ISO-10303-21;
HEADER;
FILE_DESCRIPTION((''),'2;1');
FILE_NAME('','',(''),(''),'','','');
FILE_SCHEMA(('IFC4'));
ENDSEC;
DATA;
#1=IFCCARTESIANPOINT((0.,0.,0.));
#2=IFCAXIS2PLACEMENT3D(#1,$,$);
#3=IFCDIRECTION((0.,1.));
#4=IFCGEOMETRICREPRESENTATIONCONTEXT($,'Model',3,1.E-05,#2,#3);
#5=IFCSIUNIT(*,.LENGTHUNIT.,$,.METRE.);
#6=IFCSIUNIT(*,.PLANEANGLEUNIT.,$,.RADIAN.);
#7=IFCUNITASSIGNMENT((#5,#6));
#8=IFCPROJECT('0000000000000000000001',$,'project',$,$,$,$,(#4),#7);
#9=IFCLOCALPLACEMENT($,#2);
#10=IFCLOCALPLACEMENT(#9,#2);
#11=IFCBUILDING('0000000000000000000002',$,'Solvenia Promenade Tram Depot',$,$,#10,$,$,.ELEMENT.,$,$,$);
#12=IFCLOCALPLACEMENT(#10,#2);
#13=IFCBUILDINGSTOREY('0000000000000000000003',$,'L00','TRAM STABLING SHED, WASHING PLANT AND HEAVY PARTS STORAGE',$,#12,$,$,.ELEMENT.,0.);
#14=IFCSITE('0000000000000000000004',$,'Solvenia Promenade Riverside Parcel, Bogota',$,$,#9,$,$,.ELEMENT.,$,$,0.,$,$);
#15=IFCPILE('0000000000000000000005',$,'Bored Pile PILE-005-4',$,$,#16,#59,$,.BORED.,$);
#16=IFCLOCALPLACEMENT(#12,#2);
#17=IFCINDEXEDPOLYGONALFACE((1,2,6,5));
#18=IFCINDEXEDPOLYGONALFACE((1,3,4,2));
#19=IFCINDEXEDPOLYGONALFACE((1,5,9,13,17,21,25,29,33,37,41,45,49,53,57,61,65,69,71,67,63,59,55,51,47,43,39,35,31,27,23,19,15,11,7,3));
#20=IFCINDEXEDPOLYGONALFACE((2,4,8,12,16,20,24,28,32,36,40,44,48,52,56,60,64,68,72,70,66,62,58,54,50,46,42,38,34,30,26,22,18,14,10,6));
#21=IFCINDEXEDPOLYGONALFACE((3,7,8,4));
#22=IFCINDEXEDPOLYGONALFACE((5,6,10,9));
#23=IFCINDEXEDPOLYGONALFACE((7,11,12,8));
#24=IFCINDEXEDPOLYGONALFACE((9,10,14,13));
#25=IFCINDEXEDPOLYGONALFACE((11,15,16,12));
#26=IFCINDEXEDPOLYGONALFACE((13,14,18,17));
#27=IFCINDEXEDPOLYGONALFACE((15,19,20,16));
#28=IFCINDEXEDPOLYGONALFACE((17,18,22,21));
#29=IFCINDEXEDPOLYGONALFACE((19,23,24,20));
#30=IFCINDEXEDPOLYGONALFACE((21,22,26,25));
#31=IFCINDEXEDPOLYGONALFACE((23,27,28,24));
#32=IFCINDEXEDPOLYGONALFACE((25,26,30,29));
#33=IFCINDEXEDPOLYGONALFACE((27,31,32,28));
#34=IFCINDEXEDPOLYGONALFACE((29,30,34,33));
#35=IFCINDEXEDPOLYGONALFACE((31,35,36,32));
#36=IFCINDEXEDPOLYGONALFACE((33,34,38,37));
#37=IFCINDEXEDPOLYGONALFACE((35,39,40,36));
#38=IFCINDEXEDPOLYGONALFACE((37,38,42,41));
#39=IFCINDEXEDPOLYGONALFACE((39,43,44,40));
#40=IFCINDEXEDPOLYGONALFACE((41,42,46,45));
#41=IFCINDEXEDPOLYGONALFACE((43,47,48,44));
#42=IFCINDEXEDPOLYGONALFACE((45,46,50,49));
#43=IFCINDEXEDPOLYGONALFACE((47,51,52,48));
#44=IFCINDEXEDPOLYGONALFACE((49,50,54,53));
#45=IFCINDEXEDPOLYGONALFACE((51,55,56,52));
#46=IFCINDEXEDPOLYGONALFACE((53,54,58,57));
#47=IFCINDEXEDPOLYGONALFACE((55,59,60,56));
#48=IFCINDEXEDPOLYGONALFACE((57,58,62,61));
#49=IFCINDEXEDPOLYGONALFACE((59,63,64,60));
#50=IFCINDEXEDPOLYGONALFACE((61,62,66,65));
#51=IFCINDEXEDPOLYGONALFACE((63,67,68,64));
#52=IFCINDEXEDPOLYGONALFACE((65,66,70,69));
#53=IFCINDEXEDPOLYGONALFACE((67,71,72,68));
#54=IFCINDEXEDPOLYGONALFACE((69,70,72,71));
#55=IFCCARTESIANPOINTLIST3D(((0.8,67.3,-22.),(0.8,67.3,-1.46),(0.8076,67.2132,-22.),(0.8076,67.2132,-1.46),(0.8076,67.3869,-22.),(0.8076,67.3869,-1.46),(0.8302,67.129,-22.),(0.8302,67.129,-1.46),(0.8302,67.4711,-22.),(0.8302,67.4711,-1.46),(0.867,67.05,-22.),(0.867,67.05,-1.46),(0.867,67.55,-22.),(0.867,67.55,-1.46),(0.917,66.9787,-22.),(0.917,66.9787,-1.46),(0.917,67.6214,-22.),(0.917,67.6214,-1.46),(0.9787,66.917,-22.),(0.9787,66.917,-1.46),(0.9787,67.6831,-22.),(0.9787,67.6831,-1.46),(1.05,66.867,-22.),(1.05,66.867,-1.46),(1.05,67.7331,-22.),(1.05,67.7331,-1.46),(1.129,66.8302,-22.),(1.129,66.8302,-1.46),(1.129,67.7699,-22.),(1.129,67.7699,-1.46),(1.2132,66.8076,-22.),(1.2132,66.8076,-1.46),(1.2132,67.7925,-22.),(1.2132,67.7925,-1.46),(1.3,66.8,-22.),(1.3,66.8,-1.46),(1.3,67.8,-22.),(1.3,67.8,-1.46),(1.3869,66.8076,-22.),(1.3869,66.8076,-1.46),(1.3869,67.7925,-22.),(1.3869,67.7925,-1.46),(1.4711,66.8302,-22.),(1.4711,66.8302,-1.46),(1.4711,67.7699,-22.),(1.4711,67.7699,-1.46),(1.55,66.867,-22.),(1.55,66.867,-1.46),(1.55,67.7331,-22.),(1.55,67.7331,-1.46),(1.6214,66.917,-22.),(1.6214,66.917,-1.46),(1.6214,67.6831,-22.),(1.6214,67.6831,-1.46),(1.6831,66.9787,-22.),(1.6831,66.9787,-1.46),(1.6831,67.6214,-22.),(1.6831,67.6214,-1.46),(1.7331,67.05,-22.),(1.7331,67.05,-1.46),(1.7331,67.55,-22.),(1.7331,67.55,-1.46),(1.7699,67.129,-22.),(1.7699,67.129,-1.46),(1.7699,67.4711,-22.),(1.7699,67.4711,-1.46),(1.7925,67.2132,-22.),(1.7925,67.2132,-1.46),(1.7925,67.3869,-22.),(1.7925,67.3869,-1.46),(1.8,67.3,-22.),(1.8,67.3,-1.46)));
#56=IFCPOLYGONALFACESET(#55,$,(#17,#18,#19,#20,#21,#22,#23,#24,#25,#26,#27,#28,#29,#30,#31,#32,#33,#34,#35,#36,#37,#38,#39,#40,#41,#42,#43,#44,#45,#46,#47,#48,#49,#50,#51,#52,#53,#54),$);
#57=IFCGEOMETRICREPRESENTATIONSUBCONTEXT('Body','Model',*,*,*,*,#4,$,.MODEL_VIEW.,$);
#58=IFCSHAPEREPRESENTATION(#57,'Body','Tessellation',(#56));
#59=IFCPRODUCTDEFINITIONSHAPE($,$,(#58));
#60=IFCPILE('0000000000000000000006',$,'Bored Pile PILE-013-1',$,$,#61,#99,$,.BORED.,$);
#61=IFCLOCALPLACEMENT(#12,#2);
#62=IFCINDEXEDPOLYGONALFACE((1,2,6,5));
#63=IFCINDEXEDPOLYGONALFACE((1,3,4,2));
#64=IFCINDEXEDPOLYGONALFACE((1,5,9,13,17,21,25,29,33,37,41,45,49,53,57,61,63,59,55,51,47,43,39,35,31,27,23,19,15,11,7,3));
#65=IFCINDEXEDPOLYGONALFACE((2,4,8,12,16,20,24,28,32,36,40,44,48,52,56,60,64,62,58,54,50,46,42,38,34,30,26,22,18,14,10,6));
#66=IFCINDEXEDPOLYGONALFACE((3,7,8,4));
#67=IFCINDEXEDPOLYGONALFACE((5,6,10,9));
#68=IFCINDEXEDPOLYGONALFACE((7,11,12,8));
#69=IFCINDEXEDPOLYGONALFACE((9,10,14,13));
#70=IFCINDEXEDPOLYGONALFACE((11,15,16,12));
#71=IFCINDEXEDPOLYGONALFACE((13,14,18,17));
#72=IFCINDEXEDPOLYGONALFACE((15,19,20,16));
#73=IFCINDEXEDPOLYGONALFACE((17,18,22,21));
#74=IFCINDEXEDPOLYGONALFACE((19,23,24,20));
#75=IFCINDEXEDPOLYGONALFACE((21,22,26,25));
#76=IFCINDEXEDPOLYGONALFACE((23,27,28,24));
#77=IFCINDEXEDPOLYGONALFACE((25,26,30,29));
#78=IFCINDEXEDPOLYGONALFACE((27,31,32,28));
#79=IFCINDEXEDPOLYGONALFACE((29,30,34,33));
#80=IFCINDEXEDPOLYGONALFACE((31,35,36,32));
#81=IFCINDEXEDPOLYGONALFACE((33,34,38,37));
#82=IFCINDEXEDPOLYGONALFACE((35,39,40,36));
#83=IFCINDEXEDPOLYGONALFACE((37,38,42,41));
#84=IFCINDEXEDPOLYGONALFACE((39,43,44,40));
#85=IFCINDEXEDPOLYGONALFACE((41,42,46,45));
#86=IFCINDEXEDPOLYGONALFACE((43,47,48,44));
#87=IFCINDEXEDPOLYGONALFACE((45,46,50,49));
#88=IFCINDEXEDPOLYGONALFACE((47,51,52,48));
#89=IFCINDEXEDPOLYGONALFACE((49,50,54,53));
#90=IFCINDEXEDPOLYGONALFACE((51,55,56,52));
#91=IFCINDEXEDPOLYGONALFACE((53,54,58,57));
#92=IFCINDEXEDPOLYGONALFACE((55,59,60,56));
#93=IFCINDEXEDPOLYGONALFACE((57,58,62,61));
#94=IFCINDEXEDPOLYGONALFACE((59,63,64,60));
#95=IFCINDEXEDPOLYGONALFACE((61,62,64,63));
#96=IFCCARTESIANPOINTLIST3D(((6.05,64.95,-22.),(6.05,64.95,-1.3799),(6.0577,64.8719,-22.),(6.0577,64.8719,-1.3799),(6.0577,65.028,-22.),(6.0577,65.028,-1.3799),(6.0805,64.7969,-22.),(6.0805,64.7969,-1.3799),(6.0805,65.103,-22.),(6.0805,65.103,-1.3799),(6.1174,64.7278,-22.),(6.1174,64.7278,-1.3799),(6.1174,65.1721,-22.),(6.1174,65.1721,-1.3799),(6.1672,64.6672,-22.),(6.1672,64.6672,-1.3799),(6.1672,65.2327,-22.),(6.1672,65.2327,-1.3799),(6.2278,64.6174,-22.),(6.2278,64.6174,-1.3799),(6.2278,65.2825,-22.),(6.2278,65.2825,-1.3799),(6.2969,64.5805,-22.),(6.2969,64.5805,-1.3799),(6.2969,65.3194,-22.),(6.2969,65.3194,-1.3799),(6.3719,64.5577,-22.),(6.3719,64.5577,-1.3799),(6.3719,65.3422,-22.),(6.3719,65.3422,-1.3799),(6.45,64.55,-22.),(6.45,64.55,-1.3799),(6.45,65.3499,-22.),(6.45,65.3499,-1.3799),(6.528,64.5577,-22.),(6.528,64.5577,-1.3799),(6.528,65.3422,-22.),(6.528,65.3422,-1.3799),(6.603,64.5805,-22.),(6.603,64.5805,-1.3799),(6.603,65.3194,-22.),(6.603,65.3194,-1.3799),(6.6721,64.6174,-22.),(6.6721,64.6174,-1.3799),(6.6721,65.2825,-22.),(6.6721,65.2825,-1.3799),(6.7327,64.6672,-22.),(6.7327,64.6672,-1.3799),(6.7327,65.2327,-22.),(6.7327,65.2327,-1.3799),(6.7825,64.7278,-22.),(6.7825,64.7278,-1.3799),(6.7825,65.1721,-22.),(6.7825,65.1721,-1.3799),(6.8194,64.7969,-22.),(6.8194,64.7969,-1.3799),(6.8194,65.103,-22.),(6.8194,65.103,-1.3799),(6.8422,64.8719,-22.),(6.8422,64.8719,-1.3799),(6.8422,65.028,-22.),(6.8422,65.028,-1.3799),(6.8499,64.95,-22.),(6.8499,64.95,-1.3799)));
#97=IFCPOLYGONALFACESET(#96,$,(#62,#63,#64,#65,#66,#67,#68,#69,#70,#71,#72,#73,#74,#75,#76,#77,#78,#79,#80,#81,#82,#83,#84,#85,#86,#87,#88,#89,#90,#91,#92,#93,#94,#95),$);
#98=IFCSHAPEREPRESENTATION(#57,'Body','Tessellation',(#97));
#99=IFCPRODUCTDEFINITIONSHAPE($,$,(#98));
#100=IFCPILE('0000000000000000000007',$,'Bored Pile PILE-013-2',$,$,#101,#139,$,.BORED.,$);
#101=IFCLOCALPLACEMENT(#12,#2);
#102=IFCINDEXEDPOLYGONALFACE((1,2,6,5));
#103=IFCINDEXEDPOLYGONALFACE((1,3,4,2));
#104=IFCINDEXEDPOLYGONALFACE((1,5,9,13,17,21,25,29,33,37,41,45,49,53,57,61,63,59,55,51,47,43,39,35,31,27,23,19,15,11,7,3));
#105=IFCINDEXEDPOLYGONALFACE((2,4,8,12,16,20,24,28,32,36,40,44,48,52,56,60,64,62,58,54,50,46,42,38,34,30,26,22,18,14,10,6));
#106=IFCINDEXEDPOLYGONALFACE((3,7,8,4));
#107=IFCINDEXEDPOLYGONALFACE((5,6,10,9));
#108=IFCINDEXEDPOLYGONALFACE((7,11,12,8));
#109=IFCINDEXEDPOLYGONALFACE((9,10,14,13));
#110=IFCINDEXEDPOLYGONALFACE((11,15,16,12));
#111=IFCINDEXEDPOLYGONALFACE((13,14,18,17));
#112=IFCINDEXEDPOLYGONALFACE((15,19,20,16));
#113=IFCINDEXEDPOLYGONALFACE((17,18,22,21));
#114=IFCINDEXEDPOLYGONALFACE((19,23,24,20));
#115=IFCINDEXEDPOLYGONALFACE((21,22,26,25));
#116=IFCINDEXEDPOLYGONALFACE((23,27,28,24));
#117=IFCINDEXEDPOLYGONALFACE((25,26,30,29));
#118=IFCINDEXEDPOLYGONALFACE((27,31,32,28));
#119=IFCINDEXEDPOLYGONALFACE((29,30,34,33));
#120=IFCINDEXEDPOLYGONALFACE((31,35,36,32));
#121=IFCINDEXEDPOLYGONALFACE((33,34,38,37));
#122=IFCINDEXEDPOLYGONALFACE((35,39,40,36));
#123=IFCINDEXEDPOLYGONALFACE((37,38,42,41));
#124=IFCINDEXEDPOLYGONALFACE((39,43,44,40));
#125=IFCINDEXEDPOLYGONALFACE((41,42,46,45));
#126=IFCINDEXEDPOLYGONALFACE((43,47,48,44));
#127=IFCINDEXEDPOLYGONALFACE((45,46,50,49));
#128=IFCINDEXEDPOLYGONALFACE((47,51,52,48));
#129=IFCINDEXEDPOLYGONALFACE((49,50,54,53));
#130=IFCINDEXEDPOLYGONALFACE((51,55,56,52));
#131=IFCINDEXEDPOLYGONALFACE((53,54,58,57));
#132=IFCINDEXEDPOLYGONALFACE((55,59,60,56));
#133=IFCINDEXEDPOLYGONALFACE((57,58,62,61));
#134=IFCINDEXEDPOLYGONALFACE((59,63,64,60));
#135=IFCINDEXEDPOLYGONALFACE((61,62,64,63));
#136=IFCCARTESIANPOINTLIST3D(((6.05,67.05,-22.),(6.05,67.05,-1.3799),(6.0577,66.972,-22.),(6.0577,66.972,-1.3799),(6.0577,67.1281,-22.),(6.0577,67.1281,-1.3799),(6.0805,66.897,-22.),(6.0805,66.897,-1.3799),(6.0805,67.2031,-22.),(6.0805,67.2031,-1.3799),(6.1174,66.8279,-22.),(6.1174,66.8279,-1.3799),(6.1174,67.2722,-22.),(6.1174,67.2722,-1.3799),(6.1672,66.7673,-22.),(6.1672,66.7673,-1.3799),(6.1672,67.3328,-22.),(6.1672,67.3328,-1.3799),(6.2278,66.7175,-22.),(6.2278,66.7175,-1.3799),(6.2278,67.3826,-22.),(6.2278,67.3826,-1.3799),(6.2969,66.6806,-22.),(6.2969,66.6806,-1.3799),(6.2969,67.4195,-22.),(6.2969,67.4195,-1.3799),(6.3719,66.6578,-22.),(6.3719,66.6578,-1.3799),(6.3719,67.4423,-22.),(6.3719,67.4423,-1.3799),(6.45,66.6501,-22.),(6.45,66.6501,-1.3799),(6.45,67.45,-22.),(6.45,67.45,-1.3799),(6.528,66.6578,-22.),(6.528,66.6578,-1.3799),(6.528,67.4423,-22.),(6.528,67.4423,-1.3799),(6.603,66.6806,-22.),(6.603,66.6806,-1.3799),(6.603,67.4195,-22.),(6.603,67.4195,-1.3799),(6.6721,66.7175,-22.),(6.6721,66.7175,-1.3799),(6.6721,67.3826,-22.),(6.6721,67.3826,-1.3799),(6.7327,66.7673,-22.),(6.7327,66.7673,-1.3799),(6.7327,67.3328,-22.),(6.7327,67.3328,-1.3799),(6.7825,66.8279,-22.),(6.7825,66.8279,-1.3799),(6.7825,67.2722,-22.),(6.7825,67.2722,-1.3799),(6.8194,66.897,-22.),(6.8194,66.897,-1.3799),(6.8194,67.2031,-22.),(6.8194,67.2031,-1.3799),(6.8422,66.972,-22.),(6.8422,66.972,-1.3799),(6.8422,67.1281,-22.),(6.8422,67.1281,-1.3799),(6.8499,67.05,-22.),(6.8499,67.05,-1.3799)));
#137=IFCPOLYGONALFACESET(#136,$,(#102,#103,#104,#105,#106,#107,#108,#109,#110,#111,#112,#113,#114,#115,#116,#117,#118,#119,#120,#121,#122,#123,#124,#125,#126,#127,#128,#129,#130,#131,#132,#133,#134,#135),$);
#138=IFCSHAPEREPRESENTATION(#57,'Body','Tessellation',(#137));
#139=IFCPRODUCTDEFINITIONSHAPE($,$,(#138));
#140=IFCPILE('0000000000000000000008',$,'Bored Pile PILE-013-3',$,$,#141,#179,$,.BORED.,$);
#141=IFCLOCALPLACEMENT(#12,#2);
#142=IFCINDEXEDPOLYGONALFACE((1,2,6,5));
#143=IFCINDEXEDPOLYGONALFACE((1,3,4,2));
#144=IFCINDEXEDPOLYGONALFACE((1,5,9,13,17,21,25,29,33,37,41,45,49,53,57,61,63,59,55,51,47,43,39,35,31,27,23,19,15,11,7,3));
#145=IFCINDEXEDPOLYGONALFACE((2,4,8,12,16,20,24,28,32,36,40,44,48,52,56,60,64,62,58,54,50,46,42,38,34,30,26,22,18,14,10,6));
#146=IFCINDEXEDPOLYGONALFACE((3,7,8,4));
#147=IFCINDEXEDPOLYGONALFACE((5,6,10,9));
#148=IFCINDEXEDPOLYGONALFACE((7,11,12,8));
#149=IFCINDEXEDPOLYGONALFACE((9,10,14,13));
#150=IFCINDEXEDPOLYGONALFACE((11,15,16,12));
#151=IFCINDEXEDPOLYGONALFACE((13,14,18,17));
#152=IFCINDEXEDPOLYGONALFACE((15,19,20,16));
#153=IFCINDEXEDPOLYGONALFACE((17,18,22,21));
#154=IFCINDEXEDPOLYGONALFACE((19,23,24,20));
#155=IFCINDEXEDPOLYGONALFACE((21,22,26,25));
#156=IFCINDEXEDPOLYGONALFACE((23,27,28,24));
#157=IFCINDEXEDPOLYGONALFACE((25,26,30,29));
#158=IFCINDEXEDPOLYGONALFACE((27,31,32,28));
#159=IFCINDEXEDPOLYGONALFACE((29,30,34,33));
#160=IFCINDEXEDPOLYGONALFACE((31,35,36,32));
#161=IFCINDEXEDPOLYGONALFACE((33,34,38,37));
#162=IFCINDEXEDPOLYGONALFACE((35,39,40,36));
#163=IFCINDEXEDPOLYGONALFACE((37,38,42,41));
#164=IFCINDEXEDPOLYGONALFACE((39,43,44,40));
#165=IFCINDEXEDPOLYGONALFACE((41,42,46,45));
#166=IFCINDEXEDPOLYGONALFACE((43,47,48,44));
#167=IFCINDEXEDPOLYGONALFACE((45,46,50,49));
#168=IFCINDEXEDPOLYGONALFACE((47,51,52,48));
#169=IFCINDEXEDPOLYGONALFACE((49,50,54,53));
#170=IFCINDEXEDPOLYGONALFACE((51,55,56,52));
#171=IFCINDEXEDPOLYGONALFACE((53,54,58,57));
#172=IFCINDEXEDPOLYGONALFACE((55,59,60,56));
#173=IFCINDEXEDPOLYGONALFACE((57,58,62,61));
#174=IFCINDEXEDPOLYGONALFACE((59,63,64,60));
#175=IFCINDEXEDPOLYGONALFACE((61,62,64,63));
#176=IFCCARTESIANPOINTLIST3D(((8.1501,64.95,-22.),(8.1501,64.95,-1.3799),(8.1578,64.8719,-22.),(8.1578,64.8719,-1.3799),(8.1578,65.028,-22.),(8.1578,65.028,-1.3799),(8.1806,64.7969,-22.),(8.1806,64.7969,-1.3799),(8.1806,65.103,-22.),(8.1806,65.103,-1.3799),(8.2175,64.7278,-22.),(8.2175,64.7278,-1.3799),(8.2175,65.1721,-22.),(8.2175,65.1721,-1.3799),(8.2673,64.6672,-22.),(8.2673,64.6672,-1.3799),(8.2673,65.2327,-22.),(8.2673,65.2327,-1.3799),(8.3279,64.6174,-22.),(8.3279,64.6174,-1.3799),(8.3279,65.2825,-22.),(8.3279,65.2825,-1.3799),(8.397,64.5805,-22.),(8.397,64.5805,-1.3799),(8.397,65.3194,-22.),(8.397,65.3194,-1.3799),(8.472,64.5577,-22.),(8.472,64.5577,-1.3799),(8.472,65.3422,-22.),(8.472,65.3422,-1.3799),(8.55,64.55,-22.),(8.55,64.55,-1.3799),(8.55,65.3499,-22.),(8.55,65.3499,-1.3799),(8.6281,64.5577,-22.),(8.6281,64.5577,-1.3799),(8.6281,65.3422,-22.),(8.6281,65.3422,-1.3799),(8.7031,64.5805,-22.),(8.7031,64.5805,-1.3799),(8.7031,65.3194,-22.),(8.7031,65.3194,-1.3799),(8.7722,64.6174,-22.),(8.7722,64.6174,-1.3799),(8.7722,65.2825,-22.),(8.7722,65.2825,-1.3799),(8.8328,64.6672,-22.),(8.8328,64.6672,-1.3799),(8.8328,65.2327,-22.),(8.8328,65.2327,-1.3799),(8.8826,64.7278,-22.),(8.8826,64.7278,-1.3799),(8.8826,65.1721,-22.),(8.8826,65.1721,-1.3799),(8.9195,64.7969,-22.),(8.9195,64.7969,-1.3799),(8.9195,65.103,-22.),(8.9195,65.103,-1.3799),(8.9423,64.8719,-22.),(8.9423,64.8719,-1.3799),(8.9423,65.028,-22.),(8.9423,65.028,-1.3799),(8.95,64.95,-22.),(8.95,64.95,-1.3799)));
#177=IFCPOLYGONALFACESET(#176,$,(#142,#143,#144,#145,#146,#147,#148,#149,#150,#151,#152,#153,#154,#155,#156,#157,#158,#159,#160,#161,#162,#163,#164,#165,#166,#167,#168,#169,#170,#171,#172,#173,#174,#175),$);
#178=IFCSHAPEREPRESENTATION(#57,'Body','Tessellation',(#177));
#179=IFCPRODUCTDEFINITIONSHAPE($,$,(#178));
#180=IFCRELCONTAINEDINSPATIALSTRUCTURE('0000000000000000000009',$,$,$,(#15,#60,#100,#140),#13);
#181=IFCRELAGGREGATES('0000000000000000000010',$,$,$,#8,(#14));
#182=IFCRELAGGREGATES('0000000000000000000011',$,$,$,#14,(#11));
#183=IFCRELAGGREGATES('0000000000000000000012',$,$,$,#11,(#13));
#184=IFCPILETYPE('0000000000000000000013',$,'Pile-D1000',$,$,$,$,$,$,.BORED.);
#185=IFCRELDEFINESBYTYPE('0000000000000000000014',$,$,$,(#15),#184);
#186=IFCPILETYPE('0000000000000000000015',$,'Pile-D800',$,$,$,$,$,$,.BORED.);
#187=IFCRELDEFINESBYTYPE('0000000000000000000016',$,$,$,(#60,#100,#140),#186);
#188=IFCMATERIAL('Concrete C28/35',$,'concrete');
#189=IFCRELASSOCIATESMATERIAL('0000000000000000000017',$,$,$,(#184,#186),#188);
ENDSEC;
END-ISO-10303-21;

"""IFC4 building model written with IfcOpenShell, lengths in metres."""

from ifc_helpers import new_model, si_unit, direction, frame, origin, origin_2d, place, context, subcontext, project, spatial, circle, extrude, material, material_profile, profile_set, type_object, element, save


model = new_model("IFC4")

# Units and contexts
model_context = context("Model", 3, precision=1e-05, world=origin(), true_north=direction((0.0, 1.0)))
body_context = subcontext(model_context, "Body", "Model", "MODEL_VIEW")
ifc_project = project(units=[si_unit("LENGTHUNIT", "METRE"), si_unit("PLANEANGLEUNIT", "RADIAN")], contexts=[model_context])

# Site, building, storey
site_placement = place(None, origin())
site = spatial("IfcSite", under=ifc_project, at=site_placement, Name="Solvenia Promenade Riverside Parcel, Bogota", CompositionType="ELEMENT", RefElevation=0.0)
building_placement = place(site_placement, origin())
building = spatial("IfcBuilding", under=site, at=building_placement, Name="Solvenia Promenade Tram Depot", CompositionType="ELEMENT")
storey_placement = place(building_placement, origin())
storey = spatial("IfcBuildingStorey", under=building, at=storey_placement, Name="L00", Description="TRAM STABLING SHED, WASHING PLANT AND HEAVY PARTS STORAGE", CompositionType="ELEMENT", Elevation=0.0)

# Shared definitions
ifc_material_1 = material(Name="Concrete C28/35", Category="concrete")

# Piles
ifc_material_profile_1 = material_profile(ifc_material_1, circle(Radius=0.5, at=origin_2d()), Name="D1000", Category="concrete")
ifc_profile_set_1 = profile_set([ifc_material_profile_1], Name="Concrete C28/35")
pile_type_1 = type_object("IfcPileType", Name="Pile-D1000", PredefinedType="BORED", material=ifc_profile_set_1)
for number, where, z_axis, x_axis, name in (
    (1, (1.3, 67.3, -1.46), (0.0, 0.0, -1.0), (1.0, 0.0, 0.0), "Bored Pile PILE-005-4"),
):
    element("IfcPile", number, at=place(storey_placement, frame(where, z_axis=z_axis, x_axis=x_axis)), inside=storey, type_object=pile_type_1, Name=name, PredefinedType="BORED", context=body_context, shape_type="SweptSolid", body=[
        extrude(circle(Radius=0.5, at=origin_2d()), origin(), (0.0, 0.0, 1.0), 20.54),
    ])
ifc_material_profile_2 = material_profile(ifc_material_1, circle(Radius=0.3999, at=origin_2d()), Name="D800", Category="concrete")
ifc_profile_set_2 = profile_set([ifc_material_profile_2], Name="Concrete C28/35")
pile_type_2 = type_object("IfcPileType", Name="Pile-D800", PredefinedType="BORED", material=ifc_profile_set_2)
for number, where, z_axis, x_axis, name in (
    (2, (6.45, 64.95, -1.3799), (0.0, 0.0, -1.0), (1.0, 0.0, 0.0), "Bored Pile PILE-013-1"),
    (3, (6.45, 67.05, -1.3799), (0.0, 0.0, -1.0), (1.0, 0.0, 0.0), "Bored Pile PILE-013-2"),
    (4, (8.55, 64.95, -1.3799), (0.0, 0.0, -1.0), (1.0, 0.0, 0.0), "Bored Pile PILE-013-3"),
):
    element("IfcPile", number, at=place(storey_placement, frame(where, z_axis=z_axis, x_axis=x_axis)), inside=storey, type_object=pile_type_2, Name=name, PredefinedType="BORED", context=body_context, shape_type="SweptSolid", body=[
        extrude(circle(Radius=0.3999, at=origin_2d()), origin(), (0.0, 0.0, 1.0), 20.6201),
    ])

save(model, "model.ifc")
